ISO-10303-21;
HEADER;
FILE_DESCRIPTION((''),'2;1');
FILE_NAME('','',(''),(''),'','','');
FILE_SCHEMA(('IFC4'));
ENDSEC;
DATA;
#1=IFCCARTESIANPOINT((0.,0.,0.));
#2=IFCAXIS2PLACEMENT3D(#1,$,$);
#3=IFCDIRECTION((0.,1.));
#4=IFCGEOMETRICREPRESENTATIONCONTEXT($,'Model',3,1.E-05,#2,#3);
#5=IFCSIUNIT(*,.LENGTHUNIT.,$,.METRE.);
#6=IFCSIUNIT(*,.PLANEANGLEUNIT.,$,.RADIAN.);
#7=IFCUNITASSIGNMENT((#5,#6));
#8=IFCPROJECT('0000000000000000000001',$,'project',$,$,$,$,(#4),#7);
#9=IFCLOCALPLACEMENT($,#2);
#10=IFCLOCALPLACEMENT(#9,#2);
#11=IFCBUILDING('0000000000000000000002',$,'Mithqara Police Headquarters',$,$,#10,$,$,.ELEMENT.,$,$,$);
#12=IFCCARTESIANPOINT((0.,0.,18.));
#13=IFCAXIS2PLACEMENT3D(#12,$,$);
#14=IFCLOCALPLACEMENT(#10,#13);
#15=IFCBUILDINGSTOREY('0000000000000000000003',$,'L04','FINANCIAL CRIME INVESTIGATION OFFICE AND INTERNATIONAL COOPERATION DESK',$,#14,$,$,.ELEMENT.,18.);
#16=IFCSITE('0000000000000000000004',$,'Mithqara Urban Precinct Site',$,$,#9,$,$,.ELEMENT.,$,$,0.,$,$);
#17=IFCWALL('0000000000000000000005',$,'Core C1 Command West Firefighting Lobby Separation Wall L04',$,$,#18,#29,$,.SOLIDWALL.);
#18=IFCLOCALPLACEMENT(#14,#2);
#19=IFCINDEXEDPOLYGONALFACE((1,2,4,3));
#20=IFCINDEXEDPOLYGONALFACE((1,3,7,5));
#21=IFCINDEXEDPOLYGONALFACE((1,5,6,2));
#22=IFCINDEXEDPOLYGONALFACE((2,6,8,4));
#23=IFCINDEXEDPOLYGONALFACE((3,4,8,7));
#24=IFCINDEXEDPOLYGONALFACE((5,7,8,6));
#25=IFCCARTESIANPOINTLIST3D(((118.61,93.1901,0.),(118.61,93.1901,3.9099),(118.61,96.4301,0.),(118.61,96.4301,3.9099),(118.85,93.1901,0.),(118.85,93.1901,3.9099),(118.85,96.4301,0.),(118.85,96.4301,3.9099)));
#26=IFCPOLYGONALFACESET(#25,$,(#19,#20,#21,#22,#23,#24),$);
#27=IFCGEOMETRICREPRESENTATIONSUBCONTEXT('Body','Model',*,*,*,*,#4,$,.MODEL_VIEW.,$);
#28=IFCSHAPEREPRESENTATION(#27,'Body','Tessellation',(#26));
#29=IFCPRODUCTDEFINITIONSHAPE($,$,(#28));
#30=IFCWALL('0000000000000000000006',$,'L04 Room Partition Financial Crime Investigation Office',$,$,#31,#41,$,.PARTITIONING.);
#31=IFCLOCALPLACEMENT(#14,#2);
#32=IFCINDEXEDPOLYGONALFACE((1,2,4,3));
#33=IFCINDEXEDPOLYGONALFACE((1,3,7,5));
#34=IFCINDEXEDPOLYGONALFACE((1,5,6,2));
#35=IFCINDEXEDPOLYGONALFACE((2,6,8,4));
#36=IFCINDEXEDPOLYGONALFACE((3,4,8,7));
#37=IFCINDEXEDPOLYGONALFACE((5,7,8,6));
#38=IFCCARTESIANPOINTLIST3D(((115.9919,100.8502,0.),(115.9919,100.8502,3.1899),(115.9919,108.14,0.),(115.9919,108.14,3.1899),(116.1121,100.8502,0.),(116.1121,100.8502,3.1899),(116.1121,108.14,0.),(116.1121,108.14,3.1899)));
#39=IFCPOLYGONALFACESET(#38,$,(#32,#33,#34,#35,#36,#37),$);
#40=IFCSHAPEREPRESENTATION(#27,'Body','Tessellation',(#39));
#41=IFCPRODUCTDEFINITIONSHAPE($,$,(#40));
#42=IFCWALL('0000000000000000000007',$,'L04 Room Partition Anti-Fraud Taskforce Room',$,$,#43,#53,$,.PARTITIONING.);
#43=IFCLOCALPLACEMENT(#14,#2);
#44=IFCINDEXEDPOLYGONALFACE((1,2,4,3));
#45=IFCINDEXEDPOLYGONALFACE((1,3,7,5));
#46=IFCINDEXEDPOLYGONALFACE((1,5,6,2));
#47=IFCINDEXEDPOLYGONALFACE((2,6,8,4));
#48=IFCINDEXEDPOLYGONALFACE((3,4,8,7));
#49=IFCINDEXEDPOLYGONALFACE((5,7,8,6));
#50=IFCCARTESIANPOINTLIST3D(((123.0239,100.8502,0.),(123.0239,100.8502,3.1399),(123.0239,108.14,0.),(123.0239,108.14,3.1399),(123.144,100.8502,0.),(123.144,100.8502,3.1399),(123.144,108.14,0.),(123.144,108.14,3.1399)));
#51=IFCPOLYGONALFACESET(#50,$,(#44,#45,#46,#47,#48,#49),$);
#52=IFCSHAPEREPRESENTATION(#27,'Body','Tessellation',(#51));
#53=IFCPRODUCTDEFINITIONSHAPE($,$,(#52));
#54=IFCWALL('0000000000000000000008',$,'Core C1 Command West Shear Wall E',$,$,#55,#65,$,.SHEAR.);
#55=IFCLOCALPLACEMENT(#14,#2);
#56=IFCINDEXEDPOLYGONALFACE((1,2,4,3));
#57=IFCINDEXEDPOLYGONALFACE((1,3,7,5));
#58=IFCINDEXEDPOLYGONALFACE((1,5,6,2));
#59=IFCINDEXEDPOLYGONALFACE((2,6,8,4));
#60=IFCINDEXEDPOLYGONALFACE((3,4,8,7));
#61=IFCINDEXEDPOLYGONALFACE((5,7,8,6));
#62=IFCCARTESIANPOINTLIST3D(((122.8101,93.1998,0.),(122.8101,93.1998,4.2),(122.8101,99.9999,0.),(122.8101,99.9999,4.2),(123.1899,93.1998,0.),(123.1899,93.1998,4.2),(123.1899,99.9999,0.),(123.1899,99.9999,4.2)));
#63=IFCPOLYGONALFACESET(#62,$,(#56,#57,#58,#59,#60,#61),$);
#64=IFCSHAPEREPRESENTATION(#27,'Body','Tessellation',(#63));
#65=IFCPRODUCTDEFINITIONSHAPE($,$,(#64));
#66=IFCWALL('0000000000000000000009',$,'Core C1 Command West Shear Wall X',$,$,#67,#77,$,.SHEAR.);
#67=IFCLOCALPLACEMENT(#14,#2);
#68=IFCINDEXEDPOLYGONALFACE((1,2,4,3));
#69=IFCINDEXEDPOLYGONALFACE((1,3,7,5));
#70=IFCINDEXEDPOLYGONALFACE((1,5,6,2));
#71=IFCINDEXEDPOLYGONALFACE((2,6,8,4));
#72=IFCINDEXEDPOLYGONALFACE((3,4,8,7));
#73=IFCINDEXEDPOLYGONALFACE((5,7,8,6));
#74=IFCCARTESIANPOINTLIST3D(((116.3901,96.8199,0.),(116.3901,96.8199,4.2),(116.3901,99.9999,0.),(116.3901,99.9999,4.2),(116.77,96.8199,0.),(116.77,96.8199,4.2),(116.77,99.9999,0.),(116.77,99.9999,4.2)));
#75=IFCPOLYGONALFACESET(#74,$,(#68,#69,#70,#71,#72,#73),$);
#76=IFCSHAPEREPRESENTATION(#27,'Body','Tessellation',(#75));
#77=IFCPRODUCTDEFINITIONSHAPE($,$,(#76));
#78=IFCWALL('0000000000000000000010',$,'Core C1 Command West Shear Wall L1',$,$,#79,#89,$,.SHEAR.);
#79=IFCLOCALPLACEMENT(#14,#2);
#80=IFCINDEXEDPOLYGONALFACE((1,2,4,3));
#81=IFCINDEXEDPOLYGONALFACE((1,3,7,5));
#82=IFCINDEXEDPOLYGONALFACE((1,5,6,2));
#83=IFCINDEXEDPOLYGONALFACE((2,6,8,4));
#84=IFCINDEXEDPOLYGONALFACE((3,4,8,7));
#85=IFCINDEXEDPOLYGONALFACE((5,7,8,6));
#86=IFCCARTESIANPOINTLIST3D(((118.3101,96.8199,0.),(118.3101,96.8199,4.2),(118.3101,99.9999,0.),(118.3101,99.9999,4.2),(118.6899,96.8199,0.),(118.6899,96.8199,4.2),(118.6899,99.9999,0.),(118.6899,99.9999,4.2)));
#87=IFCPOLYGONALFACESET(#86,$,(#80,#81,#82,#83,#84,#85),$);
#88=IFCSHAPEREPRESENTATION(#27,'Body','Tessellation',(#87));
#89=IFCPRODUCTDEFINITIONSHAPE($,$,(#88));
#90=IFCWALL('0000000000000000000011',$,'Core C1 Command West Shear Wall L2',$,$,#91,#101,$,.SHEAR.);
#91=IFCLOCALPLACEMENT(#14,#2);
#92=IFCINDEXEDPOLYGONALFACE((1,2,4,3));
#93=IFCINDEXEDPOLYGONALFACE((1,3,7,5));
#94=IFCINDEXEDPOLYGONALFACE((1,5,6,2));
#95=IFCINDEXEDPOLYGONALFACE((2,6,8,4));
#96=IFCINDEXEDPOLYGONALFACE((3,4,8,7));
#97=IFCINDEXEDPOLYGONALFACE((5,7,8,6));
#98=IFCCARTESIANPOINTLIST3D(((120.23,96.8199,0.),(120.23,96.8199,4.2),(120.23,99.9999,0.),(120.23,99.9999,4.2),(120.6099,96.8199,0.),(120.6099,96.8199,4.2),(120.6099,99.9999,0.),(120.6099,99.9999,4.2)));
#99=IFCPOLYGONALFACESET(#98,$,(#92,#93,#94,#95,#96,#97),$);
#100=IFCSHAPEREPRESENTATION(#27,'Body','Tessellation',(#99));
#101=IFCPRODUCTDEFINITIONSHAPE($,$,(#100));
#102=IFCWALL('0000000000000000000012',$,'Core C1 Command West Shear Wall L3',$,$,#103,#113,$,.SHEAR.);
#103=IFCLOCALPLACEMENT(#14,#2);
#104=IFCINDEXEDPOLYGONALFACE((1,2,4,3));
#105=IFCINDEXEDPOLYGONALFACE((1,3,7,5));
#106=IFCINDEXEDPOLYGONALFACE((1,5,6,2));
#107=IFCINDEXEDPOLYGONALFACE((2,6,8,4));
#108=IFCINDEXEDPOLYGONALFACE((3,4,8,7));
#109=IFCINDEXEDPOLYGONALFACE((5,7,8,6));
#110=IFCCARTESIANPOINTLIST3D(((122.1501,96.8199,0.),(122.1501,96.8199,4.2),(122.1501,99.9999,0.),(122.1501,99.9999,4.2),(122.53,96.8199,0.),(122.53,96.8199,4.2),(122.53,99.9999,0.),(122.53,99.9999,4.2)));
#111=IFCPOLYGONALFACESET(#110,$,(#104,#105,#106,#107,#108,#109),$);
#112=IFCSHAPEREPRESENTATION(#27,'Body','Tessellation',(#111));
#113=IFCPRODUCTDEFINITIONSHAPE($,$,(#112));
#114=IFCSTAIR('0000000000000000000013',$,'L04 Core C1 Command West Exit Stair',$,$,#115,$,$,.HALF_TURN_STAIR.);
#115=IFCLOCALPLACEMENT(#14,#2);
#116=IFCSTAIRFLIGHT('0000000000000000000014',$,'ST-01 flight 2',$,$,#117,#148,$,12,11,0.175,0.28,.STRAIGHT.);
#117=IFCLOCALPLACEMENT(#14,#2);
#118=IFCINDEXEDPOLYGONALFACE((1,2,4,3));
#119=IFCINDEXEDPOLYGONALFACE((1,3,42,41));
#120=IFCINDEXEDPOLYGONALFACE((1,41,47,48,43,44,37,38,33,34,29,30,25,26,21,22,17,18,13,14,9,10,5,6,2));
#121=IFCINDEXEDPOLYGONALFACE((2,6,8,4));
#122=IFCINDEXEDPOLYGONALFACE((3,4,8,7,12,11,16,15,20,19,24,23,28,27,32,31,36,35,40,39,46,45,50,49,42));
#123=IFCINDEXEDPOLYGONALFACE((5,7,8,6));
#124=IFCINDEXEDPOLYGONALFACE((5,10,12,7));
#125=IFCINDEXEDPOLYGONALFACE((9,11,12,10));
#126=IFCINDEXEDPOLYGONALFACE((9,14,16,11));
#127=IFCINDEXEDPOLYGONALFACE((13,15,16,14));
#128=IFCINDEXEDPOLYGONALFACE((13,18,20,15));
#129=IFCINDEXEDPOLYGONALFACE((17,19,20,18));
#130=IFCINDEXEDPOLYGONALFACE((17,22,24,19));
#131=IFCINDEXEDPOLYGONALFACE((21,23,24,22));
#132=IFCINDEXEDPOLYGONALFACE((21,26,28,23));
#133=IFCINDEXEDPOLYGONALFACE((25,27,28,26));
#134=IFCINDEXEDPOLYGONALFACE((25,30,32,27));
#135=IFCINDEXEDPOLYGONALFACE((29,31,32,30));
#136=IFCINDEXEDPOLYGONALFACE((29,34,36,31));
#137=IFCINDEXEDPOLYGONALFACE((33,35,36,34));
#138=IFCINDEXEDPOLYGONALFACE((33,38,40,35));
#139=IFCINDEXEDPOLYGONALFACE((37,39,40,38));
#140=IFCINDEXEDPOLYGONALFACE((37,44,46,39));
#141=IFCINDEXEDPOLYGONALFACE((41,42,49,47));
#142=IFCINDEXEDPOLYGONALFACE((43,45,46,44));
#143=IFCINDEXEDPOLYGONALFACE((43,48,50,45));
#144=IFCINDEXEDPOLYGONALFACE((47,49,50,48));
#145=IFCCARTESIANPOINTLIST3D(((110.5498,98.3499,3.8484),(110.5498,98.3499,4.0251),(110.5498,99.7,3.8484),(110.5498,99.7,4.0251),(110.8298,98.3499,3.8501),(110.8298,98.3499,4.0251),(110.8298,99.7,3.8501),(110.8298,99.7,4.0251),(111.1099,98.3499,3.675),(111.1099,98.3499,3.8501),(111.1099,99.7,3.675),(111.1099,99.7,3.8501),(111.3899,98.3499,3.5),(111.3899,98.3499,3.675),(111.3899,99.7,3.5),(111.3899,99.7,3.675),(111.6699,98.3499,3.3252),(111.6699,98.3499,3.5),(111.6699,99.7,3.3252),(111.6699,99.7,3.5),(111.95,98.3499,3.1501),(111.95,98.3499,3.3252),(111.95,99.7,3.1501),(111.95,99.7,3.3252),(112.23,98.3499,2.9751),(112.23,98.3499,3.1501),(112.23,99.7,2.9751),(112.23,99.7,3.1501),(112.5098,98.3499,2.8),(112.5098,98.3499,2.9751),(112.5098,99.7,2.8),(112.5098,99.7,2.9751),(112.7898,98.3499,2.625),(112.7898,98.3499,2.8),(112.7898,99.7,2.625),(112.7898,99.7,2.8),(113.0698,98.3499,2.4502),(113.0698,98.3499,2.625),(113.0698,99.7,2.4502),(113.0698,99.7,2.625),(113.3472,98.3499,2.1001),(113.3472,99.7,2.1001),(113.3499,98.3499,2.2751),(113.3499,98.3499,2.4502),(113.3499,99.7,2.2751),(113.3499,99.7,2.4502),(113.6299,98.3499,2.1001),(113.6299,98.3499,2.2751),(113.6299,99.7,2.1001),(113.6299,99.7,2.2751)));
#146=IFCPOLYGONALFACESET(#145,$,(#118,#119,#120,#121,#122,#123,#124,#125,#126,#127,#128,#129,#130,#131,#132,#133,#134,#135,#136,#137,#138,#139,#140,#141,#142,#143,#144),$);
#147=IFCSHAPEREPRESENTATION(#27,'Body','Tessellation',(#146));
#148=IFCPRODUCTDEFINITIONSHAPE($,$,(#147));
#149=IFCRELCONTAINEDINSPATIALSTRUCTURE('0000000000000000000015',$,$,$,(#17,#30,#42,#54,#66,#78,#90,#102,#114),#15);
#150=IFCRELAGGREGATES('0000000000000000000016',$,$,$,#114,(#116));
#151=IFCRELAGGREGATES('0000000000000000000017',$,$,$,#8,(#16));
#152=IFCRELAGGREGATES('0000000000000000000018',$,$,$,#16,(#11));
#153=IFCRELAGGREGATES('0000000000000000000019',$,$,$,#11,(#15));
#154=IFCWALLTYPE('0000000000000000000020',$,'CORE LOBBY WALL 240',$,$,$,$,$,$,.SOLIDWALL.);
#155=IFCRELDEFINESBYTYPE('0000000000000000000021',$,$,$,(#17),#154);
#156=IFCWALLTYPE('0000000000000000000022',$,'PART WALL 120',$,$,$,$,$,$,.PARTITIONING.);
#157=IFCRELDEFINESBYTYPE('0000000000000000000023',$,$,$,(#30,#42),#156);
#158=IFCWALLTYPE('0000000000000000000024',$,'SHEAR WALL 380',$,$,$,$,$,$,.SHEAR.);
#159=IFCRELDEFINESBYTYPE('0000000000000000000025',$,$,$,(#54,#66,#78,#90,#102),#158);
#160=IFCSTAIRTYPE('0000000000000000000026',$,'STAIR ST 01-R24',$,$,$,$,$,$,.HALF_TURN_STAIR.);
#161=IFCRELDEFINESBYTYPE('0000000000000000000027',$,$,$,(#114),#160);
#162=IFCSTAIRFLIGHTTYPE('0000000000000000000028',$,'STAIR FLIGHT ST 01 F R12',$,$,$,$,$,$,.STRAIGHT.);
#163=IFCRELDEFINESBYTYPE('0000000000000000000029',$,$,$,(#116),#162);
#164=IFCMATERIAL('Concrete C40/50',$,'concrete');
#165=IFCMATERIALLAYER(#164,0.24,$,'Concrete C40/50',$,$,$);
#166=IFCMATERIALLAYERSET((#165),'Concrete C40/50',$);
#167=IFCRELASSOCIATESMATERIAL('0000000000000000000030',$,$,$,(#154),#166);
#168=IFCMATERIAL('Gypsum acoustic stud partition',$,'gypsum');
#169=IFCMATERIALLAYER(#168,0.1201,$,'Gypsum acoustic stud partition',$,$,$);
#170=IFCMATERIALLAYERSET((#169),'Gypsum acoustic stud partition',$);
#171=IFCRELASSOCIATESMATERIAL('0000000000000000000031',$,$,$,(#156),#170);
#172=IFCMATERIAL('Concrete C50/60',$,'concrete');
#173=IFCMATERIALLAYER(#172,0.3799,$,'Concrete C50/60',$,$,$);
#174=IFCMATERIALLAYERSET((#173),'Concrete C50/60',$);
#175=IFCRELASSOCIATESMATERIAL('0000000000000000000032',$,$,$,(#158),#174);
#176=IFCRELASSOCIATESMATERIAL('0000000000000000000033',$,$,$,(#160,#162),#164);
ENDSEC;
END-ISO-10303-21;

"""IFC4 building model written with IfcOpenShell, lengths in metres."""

from ifc_helpers import new_model, si_unit, direction, frame, frame_2d, origin, place, context, subcontext, project, spatial, polyline, rectangle, outline, extrude, material, layer, layer_set, type_object, element, aggregate, save


model = new_model("IFC4")

# Units and contexts
model_context = context("Model", 3, precision=1e-05, world=origin(), true_north=direction((0.0, 1.0)))
body_context = subcontext(model_context, "Body", "Model", "MODEL_VIEW")
ifc_project = project(units=[si_unit("LENGTHUNIT", "METRE"), si_unit("PLANEANGLEUNIT", "RADIAN")], contexts=[model_context])

# Site, building, storey
site_placement = place(None, origin())
site = spatial("IfcSite", under=ifc_project, at=site_placement, Name="Mithqara Urban Precinct Site", CompositionType="ELEMENT", RefElevation=0.0)
building_placement = place(site_placement, origin())
building = spatial("IfcBuilding", under=site, at=building_placement, Name="Mithqara Police Headquarters", CompositionType="ELEMENT")
storey_placement = place(building_placement, frame((0.0, 0.0, 18.0)))
storey = spatial("IfcBuildingStorey", under=building, at=storey_placement, Name="L04", Description="FINANCIAL CRIME INVESTIGATION OFFICE AND INTERNATIONAL COOPERATION DESK", CompositionType="ELEMENT", Elevation=18.0)

# Shared definitions
ifc_material_1 = material(Name="Concrete C40/50", Category="concrete")

# Walls
ifc_layer_1 = layer(ifc_material_1, 0.24, Name="Concrete C40/50")
ifc_layer_set_1 = layer_set([ifc_layer_1], Name="Concrete C40/50")
wall_type_1 = type_object("IfcWallType", Name="CORE LOBBY WALL 240", PredefinedType="SOLIDWALL", material=ifc_layer_set_1)
wall_1_placement = place(storey_placement, frame((118.73, 93.1899, 0.0), z_axis=(0.0, 0.0, 1.0), x_axis=(0.0, 1.0, 0.0)))
element("IfcWall", 1, at=wall_1_placement, inside=storey, type_object=wall_type_1, Name="Core C1 Command West Firefighting Lobby Separation Wall L04", PredefinedType="SOLIDWALL", context=body_context, shape_type="SweptSolid", body=[
    extrude(rectangle(XDim=3.24, YDim=0.24, at=frame_2d((1.6201, 0.0))), origin(), (0.0, 0.0, 1.0), 3.9099),
])
ifc_material_2 = material(Name="Gypsum acoustic stud partition", Category="gypsum")
ifc_layer_2 = layer(ifc_material_2, 0.1201, Name="Gypsum acoustic stud partition")
ifc_layer_set_2 = layer_set([ifc_layer_2], Name="Gypsum acoustic stud partition")
wall_type_2 = type_object("IfcWallType", Name="PART WALL 120", PredefinedType="PARTITIONING", material=ifc_layer_set_2)
wall_2_placement = place(storey_placement, frame((116.052, 100.8501, 0.0), z_axis=(0.0, 0.0, 1.0), x_axis=(0.0, 1.0, 0.0)))
element("IfcWall", 2, at=wall_2_placement, inside=storey, type_object=wall_type_2, Name="L04 Room Partition Financial Crime Investigation Office", PredefinedType="PARTITIONING", context=body_context, shape_type="SweptSolid", body=[
    extrude(rectangle(XDim=7.2898, YDim=0.1201, at=frame_2d((3.645, 0.0))), origin(), (0.0, 0.0, 1.0), 3.1899),
])
wall_3_placement = place(storey_placement, frame((123.084, 100.8501, 0.0), z_axis=(0.0, 0.0, 1.0), x_axis=(0.0, 1.0, 0.0)))
element("IfcWall", 3, at=wall_3_placement, inside=storey, type_object=wall_type_2, Name="L04 Room Partition Anti-Fraud Taskforce Room", PredefinedType="PARTITIONING", context=body_context, shape_type="SweptSolid", body=[
    extrude(rectangle(XDim=7.2898, YDim=0.1201, at=frame_2d((3.645, 0.0))), origin(), (0.0, 0.0, 1.0), 3.1399),
])
ifc_material_3 = material(Name="Concrete C50/60", Category="concrete")
ifc_layer_3 = layer(ifc_material_3, 0.3799, Name="Concrete C50/60")
ifc_layer_set_3 = layer_set([ifc_layer_3], Name="Concrete C50/60")
wall_type_3 = type_object("IfcWallType", Name="SHEAR WALL 380", PredefinedType="SHEAR", material=ifc_layer_set_3)
wall_4_placement = place(storey_placement, frame((123.0, 93.2, 0.0), z_axis=(0.0, 0.0, 1.0), x_axis=(0.0, 1.0, 0.0)))
element("IfcWall", 4, at=wall_4_placement, inside=storey, type_object=wall_type_3, Name="Core C1 Command West Shear Wall E", PredefinedType="SHEAR", context=body_context, shape_type="SweptSolid", body=[
    extrude(rectangle(XDim=6.8, YDim=0.3799, at=frame_2d((3.3999, 0.0))), origin(), (0.0, 0.0, 1.0), 4.2),
])
for number, where, z_axis, x_axis, name in (
    (5, (116.5801, 96.8201, 0.0), (0.0, 0.0, 1.0), (0.0, 1.0, 0.0), "Core C1 Command West Shear Wall X"),
    (6, (118.5, 96.8201, 0.0), (0.0, 0.0, 1.0), (0.0, 1.0, 0.0), "Core C1 Command West Shear Wall L1"),
    (7, (120.4199, 96.8201, 0.0), (0.0, 0.0, 1.0), (0.0, 1.0, 0.0), "Core C1 Command West Shear Wall L2"),
    (8, (122.3401, 96.8201, 0.0), (0.0, 0.0, 1.0), (0.0, 1.0, 0.0), "Core C1 Command West Shear Wall L3"),
):
    element("IfcWall", number, at=place(storey_placement, frame(where, z_axis=z_axis, x_axis=x_axis)), inside=storey, type_object=wall_type_3, Name=name, PredefinedType="SHEAR", context=body_context, shape_type="SweptSolid", body=[
        extrude(rectangle(XDim=3.1799, YDim=0.3799, at=frame_2d((1.5898, 0.0))), origin(), (0.0, 0.0, 1.0), 4.2),
    ])

# Stair, stair flight
stair_type = type_object("IfcStairType", Name="STAIR ST 01-R24", PredefinedType="HALF_TURN_STAIR", material=ifc_material_1)
stair_placement = place(storey_placement, origin())
stair = element("IfcStair", 9, at=stair_placement, inside=storey, type_object=stair_type, Name="L04 Core C1 Command West Exit Stair", PredefinedType="HALF_TURN_STAIR")
stair_flight_type = type_object("IfcStairFlightType", Name="STAIR FLIGHT ST 01 F R12", PredefinedType="STRAIGHT", material=ifc_material_1)
stair_flight_placement = place(storey_placement, frame((113.6299, 99.0249, 2.1001), z_axis=(0.0, 0.0, 1.0), x_axis=(-1.0, 0.0, 0.0)))
stair_flight = element("IfcStairFlight", 10, at=stair_flight_placement, type_object=stair_flight_type, Name="ST-01 flight 2", NumberOfRisers=12, NumberOfTreads=11, PredefinedType="STRAIGHT", RiserHeight=0.175, TreadLength=0.28, context=body_context, shape_type="SweptSolid", body=[
    extrude(outline(polyline([(0.0, 0.0), (0.0, 0.175), (0.28, 0.175), (0.28, 0.3501), (0.5601, 0.3501), (0.5601, 0.5249), (0.8401, 0.5249), (0.8401, 0.7), (1.1201, 0.7), (1.1201, 0.875), (1.3999, 0.875), (1.3999, 1.05), (1.6799, 1.05), (1.6799, 1.2251), (1.96, 1.2251), (1.96, 1.3999), (2.24, 1.3999), (2.24, 1.575), (2.52, 1.575), (2.52, 1.75), (2.8, 1.75), (2.8, 1.925), (3.0801, 1.925), (3.0801, 2.1001), (3.0801, 1.7483), (0.2827, 0.0), (0.0, 0.0)])), frame((0.0, 0.675, 0.0), z_axis=(0.0, -1.0, 0.0), x_axis=(1.0, 0.0, 0.0)), (0.0, 0.0, 1.0), 1.3501),
])
aggregate(stair, [stair_flight])

save(model, "model.ifc")
